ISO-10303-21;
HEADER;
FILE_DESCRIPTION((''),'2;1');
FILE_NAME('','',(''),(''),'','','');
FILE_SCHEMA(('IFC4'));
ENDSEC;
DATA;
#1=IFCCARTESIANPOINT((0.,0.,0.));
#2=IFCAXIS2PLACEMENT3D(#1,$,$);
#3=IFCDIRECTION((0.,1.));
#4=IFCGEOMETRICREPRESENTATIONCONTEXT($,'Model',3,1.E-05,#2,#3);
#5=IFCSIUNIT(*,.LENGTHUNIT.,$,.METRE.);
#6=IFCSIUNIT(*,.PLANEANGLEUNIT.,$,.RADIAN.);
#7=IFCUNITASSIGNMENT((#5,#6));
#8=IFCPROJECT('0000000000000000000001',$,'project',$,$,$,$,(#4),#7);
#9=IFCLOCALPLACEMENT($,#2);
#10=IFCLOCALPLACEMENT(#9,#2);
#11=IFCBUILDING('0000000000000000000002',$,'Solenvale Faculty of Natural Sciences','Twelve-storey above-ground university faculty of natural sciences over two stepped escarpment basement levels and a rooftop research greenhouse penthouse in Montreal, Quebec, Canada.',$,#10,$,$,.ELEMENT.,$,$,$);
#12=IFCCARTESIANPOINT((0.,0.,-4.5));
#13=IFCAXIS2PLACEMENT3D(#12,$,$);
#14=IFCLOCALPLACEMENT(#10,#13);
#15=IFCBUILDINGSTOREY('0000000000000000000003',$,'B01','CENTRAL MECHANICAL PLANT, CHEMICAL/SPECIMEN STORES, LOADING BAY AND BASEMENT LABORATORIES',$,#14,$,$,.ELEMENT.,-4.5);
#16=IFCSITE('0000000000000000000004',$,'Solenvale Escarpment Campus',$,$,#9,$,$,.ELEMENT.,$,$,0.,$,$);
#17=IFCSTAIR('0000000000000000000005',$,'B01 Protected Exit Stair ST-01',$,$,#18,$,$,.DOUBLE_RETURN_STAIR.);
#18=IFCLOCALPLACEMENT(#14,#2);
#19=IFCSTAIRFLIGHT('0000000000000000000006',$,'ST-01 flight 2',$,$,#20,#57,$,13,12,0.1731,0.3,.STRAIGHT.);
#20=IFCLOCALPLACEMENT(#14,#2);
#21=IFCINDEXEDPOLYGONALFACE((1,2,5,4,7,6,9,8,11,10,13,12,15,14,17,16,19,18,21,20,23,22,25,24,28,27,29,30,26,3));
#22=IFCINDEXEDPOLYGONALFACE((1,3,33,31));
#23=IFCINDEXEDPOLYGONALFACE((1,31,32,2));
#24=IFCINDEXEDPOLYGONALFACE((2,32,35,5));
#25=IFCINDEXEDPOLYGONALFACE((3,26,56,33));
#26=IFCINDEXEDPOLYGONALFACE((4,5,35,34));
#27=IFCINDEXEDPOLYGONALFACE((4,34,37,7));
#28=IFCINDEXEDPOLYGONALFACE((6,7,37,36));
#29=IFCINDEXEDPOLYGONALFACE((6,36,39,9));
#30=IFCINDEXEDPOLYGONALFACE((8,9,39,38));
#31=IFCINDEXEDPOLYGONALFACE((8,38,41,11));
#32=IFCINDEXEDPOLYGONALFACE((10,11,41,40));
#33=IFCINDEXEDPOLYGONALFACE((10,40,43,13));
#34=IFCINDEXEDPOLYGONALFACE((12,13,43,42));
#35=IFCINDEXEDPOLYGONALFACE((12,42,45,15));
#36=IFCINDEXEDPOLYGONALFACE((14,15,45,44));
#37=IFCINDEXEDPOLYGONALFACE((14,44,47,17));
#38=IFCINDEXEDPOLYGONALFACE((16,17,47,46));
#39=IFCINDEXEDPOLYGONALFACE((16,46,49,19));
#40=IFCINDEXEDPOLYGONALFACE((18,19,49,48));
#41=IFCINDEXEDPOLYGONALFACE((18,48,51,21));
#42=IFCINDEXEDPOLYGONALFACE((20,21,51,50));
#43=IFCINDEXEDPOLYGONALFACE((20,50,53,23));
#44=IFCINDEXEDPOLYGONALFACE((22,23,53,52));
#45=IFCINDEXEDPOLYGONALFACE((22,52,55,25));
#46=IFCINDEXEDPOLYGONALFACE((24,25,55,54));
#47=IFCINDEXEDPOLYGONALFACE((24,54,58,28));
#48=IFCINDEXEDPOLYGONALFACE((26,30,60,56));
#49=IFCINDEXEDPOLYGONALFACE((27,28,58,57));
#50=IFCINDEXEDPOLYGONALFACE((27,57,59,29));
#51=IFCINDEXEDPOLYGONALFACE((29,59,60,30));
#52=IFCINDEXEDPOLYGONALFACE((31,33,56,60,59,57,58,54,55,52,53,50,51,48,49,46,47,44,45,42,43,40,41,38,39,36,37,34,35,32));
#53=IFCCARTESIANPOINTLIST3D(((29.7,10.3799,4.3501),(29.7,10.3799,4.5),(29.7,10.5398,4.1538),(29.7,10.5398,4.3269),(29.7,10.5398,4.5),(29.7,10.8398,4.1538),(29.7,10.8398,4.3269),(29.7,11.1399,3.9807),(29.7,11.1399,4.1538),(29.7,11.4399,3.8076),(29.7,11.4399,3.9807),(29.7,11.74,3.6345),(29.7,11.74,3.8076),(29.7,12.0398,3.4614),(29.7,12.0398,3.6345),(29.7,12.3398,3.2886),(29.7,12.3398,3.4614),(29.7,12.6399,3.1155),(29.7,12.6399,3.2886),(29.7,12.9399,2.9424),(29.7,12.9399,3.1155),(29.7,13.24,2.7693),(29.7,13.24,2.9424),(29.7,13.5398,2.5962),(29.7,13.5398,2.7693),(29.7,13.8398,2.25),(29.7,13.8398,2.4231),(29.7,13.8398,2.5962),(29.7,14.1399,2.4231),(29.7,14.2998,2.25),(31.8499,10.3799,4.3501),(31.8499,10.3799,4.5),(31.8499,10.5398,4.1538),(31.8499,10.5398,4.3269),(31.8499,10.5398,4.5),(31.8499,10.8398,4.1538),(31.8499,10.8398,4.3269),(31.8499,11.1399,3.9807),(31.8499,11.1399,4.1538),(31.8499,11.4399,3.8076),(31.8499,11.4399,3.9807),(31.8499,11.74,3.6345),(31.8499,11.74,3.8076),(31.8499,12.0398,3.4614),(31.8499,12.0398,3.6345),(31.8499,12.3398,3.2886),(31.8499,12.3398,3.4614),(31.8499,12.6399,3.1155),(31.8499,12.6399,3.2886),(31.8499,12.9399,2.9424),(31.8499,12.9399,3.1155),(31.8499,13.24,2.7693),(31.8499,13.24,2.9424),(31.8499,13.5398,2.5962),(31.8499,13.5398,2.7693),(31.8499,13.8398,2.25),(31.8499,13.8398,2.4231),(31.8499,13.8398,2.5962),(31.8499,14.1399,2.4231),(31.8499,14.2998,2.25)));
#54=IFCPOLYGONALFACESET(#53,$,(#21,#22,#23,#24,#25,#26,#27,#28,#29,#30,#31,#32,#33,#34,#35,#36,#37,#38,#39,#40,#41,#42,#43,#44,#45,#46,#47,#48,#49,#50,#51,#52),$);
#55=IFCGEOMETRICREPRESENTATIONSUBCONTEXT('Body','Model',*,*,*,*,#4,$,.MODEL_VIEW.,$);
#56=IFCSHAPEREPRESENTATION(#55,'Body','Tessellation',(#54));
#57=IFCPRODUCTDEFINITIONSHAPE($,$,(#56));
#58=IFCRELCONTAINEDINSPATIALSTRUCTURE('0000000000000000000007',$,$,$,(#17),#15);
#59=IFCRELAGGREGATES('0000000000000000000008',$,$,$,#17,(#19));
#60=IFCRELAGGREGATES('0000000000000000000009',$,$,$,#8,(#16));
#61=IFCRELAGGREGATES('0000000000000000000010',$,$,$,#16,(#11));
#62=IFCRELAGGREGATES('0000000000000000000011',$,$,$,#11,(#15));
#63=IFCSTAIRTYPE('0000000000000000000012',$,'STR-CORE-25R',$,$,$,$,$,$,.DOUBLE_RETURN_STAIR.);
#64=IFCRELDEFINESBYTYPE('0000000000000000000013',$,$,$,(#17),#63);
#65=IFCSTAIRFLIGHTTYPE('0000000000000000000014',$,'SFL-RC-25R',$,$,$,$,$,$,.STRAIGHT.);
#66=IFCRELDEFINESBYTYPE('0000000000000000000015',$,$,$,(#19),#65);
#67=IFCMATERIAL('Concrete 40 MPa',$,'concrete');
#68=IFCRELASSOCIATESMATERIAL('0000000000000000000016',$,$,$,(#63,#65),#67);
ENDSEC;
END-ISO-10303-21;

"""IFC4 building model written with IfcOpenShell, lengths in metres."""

from ifc_helpers import new_model, si_unit, direction, frame, origin, place, context, subcontext, project, spatial, polyline, outline, extrude, material, type_object, element, aggregate, save


model = new_model("IFC4")

# Units and contexts
model_context = context("Model", 3, precision=1e-05, world=origin(), true_north=direction((0.0, 1.0)))
body_context = subcontext(model_context, "Body", "Model", "MODEL_VIEW")
ifc_project = project(units=[si_unit("LENGTHUNIT", "METRE"), si_unit("PLANEANGLEUNIT", "RADIAN")], contexts=[model_context])

# Site, building, storey
site_placement = place(None, origin())
site = spatial("IfcSite", under=ifc_project, at=site_placement, Name="Solenvale Escarpment Campus", CompositionType="ELEMENT", RefElevation=0.0)
building_placement = place(site_placement, origin())
building = spatial("IfcBuilding", under=site, at=building_placement, Name="Solenvale Faculty of Natural Sciences", Description="Twelve-storey above-ground university faculty of natural sciences over two stepped escarpment basement levels and a rooftop research greenhouse penthouse in Montreal, Quebec, Canada.", CompositionType="ELEMENT")
storey_placement = place(building_placement, frame((0.0, 0.0, -4.5)))
storey = spatial("IfcBuildingStorey", under=building, at=storey_placement, Name="B01", Description="CENTRAL MECHANICAL PLANT, CHEMICAL/SPECIMEN STORES, LOADING BAY AND BASEMENT LABORATORIES", CompositionType="ELEMENT", Elevation=-4.5)

# Shared definitions
ifc_material_1 = material(Name="Concrete 40 MPa", Category="concrete")

# Stair, stair flight
stair_type = type_object("IfcStairType", Name="STR-CORE-25R", PredefinedType="DOUBLE_RETURN_STAIR", material=ifc_material_1)
stair_placement = place(storey_placement, origin())
stair = element("IfcStair", 1, at=stair_placement, inside=storey, type_object=stair_type, Name="B01 Protected Exit Stair ST-01", PredefinedType="DOUBLE_RETURN_STAIR")
stair_flight_type = type_object("IfcStairFlightType", Name="SFL-RC-25R", PredefinedType="STRAIGHT", material=ifc_material_1)
stair_flight_1_placement = place(storey_placement, frame((30.7749, 14.1399, 2.25), z_axis=(0.0, 0.0, 1.0), x_axis=(0.0, -1.0, 0.0)))
stair_flight_1 = element("IfcStairFlight", 2, at=stair_flight_1_placement, type_object=stair_flight_type, Name="ST-01 flight 2", NumberOfRisers=13, NumberOfTreads=12, PredefinedType="STRAIGHT", RiserHeight=0.1731, TreadLength=0.3, context=body_context, shape_type="SweptSolid", body=[
    extrude(outline(polyline([(-0.1599, 0.0), (0.0, 0.1731), (0.3, 0.1731), (0.3, 0.3462), (0.6001, 0.3462), (0.6001, 0.5193), (0.8999, 0.5193), (0.8999, 0.6924), (1.2, 0.6924), (1.2, 0.8655), (1.5, 0.8655), (1.5, 1.0386), (1.8, 1.0386), (1.8, 1.2114), (2.1001, 1.2114), (2.1001, 1.3845), (2.3999, 1.3845), (2.3999, 1.5576), (2.7, 1.5576), (2.7, 1.7307), (3.0, 1.7307), (3.0, 1.9038), (3.3, 1.9038), (3.3, 2.0769), (3.6001, 2.0769), (3.6001, 2.25), (3.76, 2.25), (3.76, 2.1001), (3.6001, 1.9038), (0.3, 0.0), (-0.1599, 0.0)])), frame((0.0, 1.075, 0.0), z_axis=(0.0, -1.0, 0.0), x_axis=(1.0, 0.0, 0.0)), (0.0, 0.0, 1.0), 2.1499),
])
aggregate(stair, [stair_flight_1])

save(model, "model.ifc")
